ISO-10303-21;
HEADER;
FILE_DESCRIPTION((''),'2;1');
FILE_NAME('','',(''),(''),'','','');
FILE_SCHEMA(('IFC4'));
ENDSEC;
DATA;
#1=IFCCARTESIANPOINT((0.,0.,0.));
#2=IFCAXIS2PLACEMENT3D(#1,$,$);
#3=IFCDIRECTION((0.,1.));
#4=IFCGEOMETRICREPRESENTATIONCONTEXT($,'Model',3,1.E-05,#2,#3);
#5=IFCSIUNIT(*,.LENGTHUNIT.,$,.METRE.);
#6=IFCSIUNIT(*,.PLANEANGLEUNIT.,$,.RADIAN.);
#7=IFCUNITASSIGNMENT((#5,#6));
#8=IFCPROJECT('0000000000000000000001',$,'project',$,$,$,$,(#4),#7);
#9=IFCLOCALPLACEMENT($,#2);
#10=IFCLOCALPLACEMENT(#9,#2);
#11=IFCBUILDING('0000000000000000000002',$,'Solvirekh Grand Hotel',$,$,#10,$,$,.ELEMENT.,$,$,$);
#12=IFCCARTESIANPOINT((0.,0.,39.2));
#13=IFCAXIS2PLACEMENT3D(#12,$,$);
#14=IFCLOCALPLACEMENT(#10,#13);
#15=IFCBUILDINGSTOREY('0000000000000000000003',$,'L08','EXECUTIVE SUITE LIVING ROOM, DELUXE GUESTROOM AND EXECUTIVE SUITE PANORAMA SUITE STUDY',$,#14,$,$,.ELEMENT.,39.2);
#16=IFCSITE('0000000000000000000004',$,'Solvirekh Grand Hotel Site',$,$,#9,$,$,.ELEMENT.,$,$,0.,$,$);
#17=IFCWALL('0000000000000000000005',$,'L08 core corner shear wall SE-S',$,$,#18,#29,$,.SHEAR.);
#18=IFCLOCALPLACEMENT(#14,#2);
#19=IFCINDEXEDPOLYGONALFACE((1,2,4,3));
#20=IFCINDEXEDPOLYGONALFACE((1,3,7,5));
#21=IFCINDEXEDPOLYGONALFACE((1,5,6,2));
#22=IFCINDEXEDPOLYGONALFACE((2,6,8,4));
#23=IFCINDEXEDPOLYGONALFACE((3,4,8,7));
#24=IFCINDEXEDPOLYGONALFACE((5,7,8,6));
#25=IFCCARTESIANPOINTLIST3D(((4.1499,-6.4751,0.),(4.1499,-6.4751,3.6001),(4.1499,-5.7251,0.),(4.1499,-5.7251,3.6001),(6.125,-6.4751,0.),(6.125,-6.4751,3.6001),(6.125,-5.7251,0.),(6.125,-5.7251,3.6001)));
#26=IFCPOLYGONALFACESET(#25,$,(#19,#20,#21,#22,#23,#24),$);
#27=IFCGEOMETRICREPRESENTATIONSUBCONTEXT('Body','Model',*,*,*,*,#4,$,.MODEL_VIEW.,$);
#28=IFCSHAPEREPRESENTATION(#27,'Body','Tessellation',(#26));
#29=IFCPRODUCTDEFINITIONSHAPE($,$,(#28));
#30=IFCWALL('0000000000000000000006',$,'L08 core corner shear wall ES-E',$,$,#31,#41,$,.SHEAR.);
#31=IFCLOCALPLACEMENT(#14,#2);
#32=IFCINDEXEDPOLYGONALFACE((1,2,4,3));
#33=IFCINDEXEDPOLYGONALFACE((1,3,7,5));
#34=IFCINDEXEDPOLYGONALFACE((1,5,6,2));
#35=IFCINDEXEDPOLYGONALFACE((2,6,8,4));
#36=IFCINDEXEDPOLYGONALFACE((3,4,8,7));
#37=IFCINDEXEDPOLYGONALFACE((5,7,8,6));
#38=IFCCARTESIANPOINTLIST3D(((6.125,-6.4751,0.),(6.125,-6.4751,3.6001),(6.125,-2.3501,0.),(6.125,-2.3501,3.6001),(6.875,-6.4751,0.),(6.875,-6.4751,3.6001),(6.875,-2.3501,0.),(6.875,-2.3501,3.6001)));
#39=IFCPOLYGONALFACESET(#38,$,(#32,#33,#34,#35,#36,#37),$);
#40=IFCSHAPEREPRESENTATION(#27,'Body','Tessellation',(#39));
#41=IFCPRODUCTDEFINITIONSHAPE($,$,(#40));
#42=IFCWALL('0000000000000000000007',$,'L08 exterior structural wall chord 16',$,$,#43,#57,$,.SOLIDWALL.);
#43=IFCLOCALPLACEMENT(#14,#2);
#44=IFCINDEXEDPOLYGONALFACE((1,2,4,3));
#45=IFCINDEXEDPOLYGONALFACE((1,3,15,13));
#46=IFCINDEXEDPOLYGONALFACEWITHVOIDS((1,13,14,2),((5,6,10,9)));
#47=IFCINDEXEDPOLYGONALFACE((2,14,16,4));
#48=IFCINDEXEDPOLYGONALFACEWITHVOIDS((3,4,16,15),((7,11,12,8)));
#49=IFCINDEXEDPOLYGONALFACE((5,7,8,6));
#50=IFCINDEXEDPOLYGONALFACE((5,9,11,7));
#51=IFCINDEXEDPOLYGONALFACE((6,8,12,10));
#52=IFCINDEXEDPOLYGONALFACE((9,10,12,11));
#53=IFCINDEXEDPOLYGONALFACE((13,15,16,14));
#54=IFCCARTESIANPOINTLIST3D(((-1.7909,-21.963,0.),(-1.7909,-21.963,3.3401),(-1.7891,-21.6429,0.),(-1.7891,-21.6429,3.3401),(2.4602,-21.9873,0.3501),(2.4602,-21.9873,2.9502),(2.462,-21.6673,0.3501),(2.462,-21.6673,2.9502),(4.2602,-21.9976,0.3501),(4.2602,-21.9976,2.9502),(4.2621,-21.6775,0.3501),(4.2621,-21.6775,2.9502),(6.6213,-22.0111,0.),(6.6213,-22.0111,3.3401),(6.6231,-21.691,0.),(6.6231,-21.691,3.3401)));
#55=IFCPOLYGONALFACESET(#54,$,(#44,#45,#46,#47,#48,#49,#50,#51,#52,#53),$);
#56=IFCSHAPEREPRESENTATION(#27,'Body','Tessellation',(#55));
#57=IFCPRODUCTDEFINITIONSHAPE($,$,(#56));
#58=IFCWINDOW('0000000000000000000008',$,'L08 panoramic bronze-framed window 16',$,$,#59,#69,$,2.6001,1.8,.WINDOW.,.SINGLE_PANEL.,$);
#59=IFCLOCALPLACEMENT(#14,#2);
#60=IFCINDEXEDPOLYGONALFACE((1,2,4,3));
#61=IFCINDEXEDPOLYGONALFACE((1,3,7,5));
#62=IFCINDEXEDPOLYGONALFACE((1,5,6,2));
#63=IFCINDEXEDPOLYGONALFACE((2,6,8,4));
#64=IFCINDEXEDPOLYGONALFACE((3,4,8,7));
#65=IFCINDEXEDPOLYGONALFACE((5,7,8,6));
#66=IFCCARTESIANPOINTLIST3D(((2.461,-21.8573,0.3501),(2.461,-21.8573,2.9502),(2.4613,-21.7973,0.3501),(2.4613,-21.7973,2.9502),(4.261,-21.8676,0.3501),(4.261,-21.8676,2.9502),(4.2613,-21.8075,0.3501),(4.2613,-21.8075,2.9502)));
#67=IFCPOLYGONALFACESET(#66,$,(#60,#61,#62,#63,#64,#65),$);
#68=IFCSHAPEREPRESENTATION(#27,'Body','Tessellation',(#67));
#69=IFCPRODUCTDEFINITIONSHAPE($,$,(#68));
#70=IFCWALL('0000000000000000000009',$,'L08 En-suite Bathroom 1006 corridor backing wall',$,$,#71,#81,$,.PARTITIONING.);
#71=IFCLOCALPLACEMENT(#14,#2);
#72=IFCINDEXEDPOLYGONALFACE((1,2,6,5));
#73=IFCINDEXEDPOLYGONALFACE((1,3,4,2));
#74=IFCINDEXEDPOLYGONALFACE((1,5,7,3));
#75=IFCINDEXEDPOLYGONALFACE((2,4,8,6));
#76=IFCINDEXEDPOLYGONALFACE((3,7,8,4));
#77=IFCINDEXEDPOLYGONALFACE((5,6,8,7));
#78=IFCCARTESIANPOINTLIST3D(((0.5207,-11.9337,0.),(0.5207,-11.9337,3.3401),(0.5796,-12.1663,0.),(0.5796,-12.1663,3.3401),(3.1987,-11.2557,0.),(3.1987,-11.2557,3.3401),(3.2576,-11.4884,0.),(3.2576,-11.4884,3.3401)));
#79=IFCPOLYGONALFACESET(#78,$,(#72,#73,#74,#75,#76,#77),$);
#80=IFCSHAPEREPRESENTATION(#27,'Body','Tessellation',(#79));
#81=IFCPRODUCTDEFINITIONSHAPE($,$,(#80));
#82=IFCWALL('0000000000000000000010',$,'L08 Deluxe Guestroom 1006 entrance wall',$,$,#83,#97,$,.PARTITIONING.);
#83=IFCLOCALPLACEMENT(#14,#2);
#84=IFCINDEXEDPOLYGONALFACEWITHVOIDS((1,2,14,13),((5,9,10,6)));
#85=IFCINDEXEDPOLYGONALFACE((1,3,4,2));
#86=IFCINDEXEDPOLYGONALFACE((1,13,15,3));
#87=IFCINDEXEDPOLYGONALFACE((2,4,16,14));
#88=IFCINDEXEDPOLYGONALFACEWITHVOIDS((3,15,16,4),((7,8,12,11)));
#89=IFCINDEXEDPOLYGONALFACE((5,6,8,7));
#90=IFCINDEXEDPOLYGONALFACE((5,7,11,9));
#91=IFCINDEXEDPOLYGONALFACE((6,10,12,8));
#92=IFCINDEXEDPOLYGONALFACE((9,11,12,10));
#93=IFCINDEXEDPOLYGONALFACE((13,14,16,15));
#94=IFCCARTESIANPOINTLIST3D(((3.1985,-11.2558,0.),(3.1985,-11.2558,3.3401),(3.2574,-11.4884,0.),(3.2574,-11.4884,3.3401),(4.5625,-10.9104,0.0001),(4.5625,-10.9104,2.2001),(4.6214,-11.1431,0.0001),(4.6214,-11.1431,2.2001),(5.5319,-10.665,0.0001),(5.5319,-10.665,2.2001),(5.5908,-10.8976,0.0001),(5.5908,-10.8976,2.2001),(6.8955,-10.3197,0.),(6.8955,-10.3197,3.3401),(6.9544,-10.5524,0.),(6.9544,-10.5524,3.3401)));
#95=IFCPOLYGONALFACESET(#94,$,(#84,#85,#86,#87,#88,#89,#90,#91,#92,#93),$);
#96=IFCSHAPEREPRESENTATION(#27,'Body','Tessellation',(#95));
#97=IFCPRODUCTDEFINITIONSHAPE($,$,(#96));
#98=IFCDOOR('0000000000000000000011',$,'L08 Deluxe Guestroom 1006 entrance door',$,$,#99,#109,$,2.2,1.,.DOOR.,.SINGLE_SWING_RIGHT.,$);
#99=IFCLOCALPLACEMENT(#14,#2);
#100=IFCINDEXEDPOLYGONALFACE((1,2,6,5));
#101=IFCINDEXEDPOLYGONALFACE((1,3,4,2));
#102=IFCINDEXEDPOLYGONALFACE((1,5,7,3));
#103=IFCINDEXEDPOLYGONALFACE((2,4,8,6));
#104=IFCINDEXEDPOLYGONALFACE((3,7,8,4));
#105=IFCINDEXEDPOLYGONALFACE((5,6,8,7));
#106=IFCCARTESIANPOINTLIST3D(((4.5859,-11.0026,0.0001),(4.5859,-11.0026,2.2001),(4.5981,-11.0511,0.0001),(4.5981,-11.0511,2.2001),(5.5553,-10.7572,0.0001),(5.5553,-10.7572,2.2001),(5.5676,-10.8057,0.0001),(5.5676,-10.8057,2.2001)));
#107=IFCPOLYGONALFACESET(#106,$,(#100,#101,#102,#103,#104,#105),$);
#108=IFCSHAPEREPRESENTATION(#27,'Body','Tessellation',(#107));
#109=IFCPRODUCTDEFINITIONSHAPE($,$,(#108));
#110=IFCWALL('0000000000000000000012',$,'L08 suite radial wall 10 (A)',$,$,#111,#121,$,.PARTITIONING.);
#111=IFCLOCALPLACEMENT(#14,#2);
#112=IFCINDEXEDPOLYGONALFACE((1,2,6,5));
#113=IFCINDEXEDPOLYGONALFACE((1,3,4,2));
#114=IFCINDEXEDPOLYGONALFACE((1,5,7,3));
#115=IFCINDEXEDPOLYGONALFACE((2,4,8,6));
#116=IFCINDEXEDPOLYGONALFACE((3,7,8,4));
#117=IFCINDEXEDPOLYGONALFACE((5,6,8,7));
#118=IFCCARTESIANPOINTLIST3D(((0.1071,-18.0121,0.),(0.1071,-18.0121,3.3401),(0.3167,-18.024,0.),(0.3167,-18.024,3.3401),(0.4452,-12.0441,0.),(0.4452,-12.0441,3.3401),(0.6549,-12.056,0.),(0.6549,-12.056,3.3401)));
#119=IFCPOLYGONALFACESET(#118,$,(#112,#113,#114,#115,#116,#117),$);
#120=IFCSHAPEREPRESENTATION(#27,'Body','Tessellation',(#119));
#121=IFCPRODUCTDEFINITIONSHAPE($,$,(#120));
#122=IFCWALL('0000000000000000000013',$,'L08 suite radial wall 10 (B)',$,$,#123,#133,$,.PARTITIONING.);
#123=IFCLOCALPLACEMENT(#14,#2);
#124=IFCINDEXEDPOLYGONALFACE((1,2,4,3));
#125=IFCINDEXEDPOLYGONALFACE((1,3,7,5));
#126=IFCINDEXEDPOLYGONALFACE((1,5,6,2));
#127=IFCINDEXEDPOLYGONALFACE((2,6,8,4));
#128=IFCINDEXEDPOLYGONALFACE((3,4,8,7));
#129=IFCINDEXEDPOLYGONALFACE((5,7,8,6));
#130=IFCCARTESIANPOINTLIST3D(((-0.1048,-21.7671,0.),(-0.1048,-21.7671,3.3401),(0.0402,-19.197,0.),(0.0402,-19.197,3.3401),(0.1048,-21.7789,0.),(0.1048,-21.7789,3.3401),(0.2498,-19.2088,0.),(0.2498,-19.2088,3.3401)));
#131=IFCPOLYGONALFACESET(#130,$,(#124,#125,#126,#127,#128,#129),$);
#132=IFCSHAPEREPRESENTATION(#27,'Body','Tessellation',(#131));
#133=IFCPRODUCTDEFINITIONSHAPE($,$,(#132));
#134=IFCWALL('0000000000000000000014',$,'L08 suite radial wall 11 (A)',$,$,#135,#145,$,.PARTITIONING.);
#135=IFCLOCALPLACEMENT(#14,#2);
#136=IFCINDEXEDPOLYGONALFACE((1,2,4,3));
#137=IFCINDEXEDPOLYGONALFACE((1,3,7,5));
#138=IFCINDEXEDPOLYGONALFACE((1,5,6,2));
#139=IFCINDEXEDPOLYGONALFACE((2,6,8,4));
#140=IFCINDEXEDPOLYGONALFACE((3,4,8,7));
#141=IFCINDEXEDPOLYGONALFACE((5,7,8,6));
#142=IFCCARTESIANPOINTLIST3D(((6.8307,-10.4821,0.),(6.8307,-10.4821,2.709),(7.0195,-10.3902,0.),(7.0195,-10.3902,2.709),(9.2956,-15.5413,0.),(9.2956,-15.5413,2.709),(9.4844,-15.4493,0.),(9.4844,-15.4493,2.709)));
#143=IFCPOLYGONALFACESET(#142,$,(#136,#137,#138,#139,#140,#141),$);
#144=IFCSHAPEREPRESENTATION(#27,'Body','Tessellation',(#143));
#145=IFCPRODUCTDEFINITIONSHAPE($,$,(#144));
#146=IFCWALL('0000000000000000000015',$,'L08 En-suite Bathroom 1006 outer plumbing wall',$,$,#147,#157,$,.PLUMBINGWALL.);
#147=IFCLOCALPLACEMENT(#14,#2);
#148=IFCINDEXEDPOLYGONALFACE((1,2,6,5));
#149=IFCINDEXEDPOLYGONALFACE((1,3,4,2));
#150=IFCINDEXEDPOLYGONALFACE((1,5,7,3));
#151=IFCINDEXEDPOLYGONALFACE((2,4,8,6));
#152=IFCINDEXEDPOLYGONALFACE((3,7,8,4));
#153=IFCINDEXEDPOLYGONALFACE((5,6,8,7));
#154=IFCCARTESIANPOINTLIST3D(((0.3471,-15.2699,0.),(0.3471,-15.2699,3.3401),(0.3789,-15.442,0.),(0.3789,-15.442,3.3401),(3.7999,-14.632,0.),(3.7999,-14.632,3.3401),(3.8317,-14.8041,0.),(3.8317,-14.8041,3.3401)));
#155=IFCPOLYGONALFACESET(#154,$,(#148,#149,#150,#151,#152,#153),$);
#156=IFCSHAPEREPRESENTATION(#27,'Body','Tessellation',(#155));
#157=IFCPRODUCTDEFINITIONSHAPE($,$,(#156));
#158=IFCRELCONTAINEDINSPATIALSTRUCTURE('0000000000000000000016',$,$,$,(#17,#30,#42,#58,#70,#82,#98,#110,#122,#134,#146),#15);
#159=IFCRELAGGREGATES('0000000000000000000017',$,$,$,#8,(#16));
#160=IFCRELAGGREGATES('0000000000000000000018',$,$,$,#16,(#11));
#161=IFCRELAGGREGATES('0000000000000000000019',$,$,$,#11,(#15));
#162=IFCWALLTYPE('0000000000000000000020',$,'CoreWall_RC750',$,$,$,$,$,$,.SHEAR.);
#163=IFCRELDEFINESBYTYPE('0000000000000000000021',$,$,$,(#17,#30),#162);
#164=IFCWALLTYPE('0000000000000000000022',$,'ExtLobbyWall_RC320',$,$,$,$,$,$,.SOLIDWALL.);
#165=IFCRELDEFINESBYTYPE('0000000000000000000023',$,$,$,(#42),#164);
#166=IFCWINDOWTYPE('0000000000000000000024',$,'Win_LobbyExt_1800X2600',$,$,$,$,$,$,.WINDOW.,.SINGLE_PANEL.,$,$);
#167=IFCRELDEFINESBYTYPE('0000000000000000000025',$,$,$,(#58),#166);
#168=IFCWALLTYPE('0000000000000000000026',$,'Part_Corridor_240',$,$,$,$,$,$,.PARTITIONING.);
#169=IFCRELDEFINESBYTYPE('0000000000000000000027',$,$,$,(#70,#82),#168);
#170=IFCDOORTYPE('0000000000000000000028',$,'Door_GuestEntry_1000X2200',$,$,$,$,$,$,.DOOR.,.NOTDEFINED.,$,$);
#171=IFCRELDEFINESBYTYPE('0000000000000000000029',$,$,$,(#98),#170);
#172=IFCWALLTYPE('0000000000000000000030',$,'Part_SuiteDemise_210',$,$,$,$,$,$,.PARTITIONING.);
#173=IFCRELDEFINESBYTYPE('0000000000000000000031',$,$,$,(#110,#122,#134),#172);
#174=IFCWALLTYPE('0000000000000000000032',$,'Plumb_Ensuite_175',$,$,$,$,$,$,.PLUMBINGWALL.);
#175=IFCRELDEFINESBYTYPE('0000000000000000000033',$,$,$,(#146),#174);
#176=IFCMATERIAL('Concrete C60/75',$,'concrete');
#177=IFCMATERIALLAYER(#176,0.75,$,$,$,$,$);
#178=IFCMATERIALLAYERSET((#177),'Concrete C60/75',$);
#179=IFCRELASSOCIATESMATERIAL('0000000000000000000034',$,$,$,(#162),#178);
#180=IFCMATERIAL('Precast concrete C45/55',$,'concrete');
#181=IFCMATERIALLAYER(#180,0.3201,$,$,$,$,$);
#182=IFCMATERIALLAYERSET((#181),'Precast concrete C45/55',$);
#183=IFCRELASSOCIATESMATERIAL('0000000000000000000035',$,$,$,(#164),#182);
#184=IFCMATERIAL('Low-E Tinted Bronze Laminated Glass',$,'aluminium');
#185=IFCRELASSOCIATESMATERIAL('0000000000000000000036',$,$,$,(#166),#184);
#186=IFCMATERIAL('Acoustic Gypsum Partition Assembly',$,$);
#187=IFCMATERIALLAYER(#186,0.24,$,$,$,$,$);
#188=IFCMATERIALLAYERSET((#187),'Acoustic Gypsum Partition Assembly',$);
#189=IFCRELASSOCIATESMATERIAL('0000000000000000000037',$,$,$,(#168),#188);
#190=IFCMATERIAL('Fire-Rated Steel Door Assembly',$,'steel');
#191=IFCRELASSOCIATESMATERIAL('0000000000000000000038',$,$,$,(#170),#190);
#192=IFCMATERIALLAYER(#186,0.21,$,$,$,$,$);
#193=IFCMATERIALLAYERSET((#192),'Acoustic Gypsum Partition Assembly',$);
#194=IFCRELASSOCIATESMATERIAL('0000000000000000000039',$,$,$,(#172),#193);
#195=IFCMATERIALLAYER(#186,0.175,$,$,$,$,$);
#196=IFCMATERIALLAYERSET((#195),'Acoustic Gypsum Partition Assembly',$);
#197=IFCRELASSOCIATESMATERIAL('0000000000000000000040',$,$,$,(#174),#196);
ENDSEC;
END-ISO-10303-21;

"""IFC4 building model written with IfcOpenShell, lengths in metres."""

from ifc_helpers import new_model, si_unit, direction, frame, frame_2d, origin, place, context, subcontext, project, spatial, rectangle, extrude, material, layer, layer_set, type_object, element, fill, save


model = new_model("IFC4")

# Units and contexts
model_context = context("Model", 3, precision=1e-05, world=origin(), true_north=direction((0.0, 1.0)))
body_context = subcontext(model_context, "Body", "Model", "MODEL_VIEW")
ifc_project = project(units=[si_unit("LENGTHUNIT", "METRE"), si_unit("PLANEANGLEUNIT", "RADIAN")], contexts=[model_context])

# Site, building, storey
site_placement = place(None, origin())
site = spatial("IfcSite", under=ifc_project, at=site_placement, Name="Solvirekh Grand Hotel Site", CompositionType="ELEMENT", RefElevation=0.0)
building_placement = place(site_placement, origin())
building = spatial("IfcBuilding", under=site, at=building_placement, Name="Solvirekh Grand Hotel", CompositionType="ELEMENT")
storey_placement = place(building_placement, frame((0.0, 0.0, 39.2)))
storey = spatial("IfcBuildingStorey", under=building, at=storey_placement, Name="L08", Description="EXECUTIVE SUITE LIVING ROOM, DELUXE GUESTROOM AND EXECUTIVE SUITE PANORAMA SUITE STUDY", CompositionType="ELEMENT", Elevation=39.2)

# Shared definitions
ifc_material_1 = material(Name="Concrete C60/75", Category="concrete")

# Walls
ifc_layer_1 = layer(ifc_material_1, 0.75)
ifc_layer_set_1 = layer_set([ifc_layer_1], Name="Concrete C60/75")
wall_type_1 = type_object("IfcWallType", Name="CoreWall_RC750", PredefinedType="SHEAR", material=ifc_layer_set_1)
wall_1_placement = place(storey_placement, frame((4.1499, -6.1001, 0.0), z_axis=(0.0, 0.0, 1.0), x_axis=(1.0, 0.0, 0.0)))
element("IfcWall", 1, at=wall_1_placement, inside=storey, type_object=wall_type_1, Name="L08 core corner shear wall SE-S", PredefinedType="SHEAR", context=body_context, shape_type="SweptSolid", body=[
    extrude(rectangle(XDim=1.9751, YDim=0.75, at=frame_2d((0.9875, 0.0))), origin(), (0.0, 0.0, 1.0), 3.6001),
])
wall_2_placement = place(storey_placement, frame((6.5, -6.4751, 0.0), z_axis=(0.0, 0.0, 1.0), x_axis=(0.0, 1.0, 0.0)))
element("IfcWall", 2, at=wall_2_placement, inside=storey, type_object=wall_type_1, Name="L08 core corner shear wall ES-E", PredefinedType="SHEAR", context=body_context, shape_type="SweptSolid", body=[
    extrude(rectangle(XDim=4.125, YDim=0.75, at=frame_2d((2.0625, 0.0))), origin(), (0.0, 0.0, 1.0), 3.6001),
])

# Wall, opening, window
ifc_material_2 = material(Name="Precast concrete C45/55", Category="concrete")
ifc_layer_2 = layer(ifc_material_2, 0.3201)
ifc_layer_set_2 = layer_set([ifc_layer_2], Name="Precast concrete C45/55")
wall_type_2 = type_object("IfcWallType", Name="ExtLobbyWall_RC320", PredefinedType="SOLIDWALL", material=ifc_layer_set_2)
wall_3_placement = place(storey_placement, frame((6.6221, -21.8511, 0.0), z_axis=(0.0, 0.0, 1.0), x_axis=(-0.999984, 0.005717, 0.0)))
wall_3 = element("IfcWall", 3, at=wall_3_placement, inside=storey, type_object=wall_type_2, Name="L08 exterior structural wall chord 16", PredefinedType="SOLIDWALL", context=body_context, shape_type="SweptSolid", body=[
    extrude(rectangle(XDim=8.4124, YDim=0.3201, at=frame_2d((4.2061, 0.0))), origin(), (0.0, 0.0, 1.0), 3.3401),
])
opening_1_placement = place(wall_3_placement, frame((2.3611, 0.0, 0.3501)))
opening_1 = element("IfcOpeningElement", 4, at=opening_1_placement, cuts=wall_3, PredefinedType="OPENING", context=body_context, shape_type="SweptSolid", body=[
    extrude(rectangle(XDim=1.8, YDim=2.6001, at=frame_2d((0.8999, 1.3))), frame((0.0, 0.1699, 0.0), z_axis=(0.0, -1.0, 0.0), x_axis=(1.0, 0.0, 0.0)), (0.0, 0.0, 1.0), 0.3401),
])
ifc_material_3 = material(Name="Low-E Tinted Bronze Laminated Glass", Category="aluminium")
window_type = type_object("IfcWindowType", Name="Win_LobbyExt_1800X2600", PartitioningType="SINGLE_PANEL", PredefinedType="WINDOW", material=ifc_material_3)
window_placement = place(opening_1_placement, origin())
window = element("IfcWindow", 5, at=window_placement, inside=storey, type_object=window_type, Name="L08 panoramic bronze-framed window 16", OverallHeight=2.6001, OverallWidth=1.8, PartitioningType="SINGLE_PANEL", PredefinedType="WINDOW", context=body_context, shape_type="SweptSolid", body=[
    extrude(rectangle(XDim=1.8, YDim=2.6001, at=frame_2d((0.8999, 1.3))), frame((0.0, 0.03, 0.0), z_axis=(0.0, -1.0, 0.0), x_axis=(1.0, 0.0, 0.0)), (0.0, 0.0, 1.0), 0.0601),
])
fill(opening_1, window)

# Wall
ifc_material_4 = material(Name="Acoustic Gypsum Partition Assembly")
ifc_layer_3 = layer(ifc_material_4, 0.24)
ifc_layer_set_3 = layer_set([ifc_layer_3], Name="Acoustic Gypsum Partition Assembly")
wall_type_3 = type_object("IfcWallType", Name="Part_Corridor_240", PredefinedType="PARTITIONING", material=ifc_layer_set_3)
wall_4_placement = place(storey_placement, frame((0.55, -12.05, 0.0), z_axis=(0.0, 0.0, 1.0), x_axis=(0.969416, 0.245425, 0.0)))
element("IfcWall", 6, at=wall_4_placement, inside=storey, type_object=wall_type_3, Name="L08 En-suite Bathroom 1006 corridor backing wall", PredefinedType="PARTITIONING", context=body_context, shape_type="SweptSolid", body=[
    extrude(rectangle(XDim=2.7625, YDim=0.24, at=frame_2d((1.3813, 0.0))), origin(), (0.0, 0.0, 1.0), 3.3401),
])

# Wall, opening, door
wall_5_placement = place(storey_placement, frame((3.228, -11.3721, 0.0), z_axis=(0.0, 0.0, 1.0), x_axis=(0.969411, 0.245442, 0.0)))
wall_5 = element("IfcWall", 7, at=wall_5_placement, inside=storey, type_object=wall_type_3, Name="L08 Deluxe Guestroom 1006 entrance wall", PredefinedType="PARTITIONING", context=body_context, shape_type="SweptSolid", body=[
    extrude(rectangle(XDim=3.8137, YDim=0.24, at=frame_2d((1.9067, 0.0))), origin(), (0.0, 0.0, 1.0), 3.3401),
])
opening_2_placement = place(wall_5_placement, frame((1.407, 0.0, 0.0)))
opening_2 = element("IfcOpeningElement", 8, at=opening_2_placement, cuts=wall_5, PredefinedType="OPENING", context=body_context, shape_type="SweptSolid", body=[
    extrude(rectangle(XDim=1.0, YDim=2.2, at=frame_2d((0.5, 1.1001))), frame((0.0, 0.1299, 0.0), z_axis=(0.0, -1.0, 0.0), x_axis=(1.0, 0.0, 0.0)), (0.0, 0.0, 1.0), 0.26),
])
ifc_material_5 = material(Name="Fire-Rated Steel Door Assembly", Category="steel")
door_type_1 = type_object("IfcDoorType", Name="Door_GuestEntry_1000X2200", OperationType="NOTDEFINED", PredefinedType="DOOR", material=ifc_material_5)
door_1_placement = place(opening_2_placement, origin())
door_1 = element("IfcDoor", 9, at=door_1_placement, inside=storey, type_object=door_type_1, Name="L08 Deluxe Guestroom 1006 entrance door", OperationType="SINGLE_SWING_RIGHT", OverallHeight=2.2, OverallWidth=1.0, PredefinedType="DOOR", context=body_context, shape_type="SweptSolid", body=[
    extrude(rectangle(XDim=1.0, YDim=2.2, at=frame_2d((0.5, 1.1001))), frame((0.0, 0.0249, 0.0), z_axis=(0.0, -1.0, 0.0), x_axis=(1.0, 0.0, 0.0)), (0.0, 0.0, 1.0), 0.05),
])
fill(opening_2, door_1)

# Walls
ifc_layer_4 = layer(ifc_material_4, 0.21)
ifc_layer_set_4 = layer_set([ifc_layer_4], Name="Acoustic Gypsum Partition Assembly")
wall_type_4 = type_object("IfcWallType", Name="Part_SuiteDemise_210", PredefinedType="PARTITIONING", material=ifc_layer_set_4)
wall_6_placement = place(storey_placement, frame((0.55, -12.05, 0.0), z_axis=(0.0, 0.0, 1.0), x_axis=(-0.056567, -0.998399, 0.0)))
element("IfcWall", 10, at=wall_6_placement, inside=storey, type_object=wall_type_4, Name="L08 suite radial wall 10 (A)", PredefinedType="PARTITIONING", context=body_context, shape_type="SweptSolid", body=[
    extrude(rectangle(XDim=5.9775, YDim=0.21, at=frame_2d((2.9888, 0.0))), origin(), (0.0, 0.0, 1.0), 3.3401),
])
wall_7_placement = place(storey_placement, frame((0.145, -19.2029, 0.0), z_axis=(0.0, 0.0, 1.0), x_axis=(-0.056337, -0.998412, 0.0)))
element("IfcWall", 11, at=wall_7_placement, inside=storey, type_object=wall_type_4, Name="L08 suite radial wall 10 (B)", PredefinedType="PARTITIONING", context=body_context, shape_type="SweptSolid", body=[
    extrude(rectangle(XDim=2.5742, YDim=0.21, at=frame_2d((1.2871, 0.0))), origin(), (0.0, 0.0, 1.0), 3.3401),
])
wall_8_placement = place(storey_placement, frame((6.925, -10.436, 0.0), z_axis=(0.0, 0.0, 1.0), x_axis=(0.437993, -0.898978, 0.0)))
element("IfcWall", 12, at=wall_8_placement, inside=storey, type_object=wall_type_4, Name="L08 suite radial wall 11 (A)", PredefinedType="PARTITIONING", context=body_context, shape_type="SweptSolid", body=[
    extrude(rectangle(XDim=5.6277, YDim=0.21, at=frame_2d((2.814, 0.0))), origin(), (0.0, 0.0, 1.0), 2.709),
])
ifc_layer_5 = layer(ifc_material_4, 0.175)
ifc_layer_set_5 = layer_set([ifc_layer_5], Name="Acoustic Gypsum Partition Assembly")
wall_type_5 = type_object("IfcWallType", Name="Plumb_Ensuite_175", PredefinedType="PLUMBINGWALL", material=ifc_layer_set_5)
wall_9_placement = place(storey_placement, frame((0.363, -15.356, 0.0), z_axis=(0.0, 0.0, 1.0), x_axis=(0.983358, 0.181681, 0.0)))
element("IfcWall", 13, at=wall_9_placement, inside=storey, type_object=wall_type_5, Name="L08 En-suite Bathroom 1006 outer plumbing wall", PredefinedType="PLUMBINGWALL", context=body_context, shape_type="SweptSolid", body=[
    extrude(rectangle(XDim=3.5112, YDim=0.175, at=frame_2d((1.7556, 0.0))), origin(), (0.0, 0.0, 1.0), 3.3401),
])

save(model, "model.ifc")
